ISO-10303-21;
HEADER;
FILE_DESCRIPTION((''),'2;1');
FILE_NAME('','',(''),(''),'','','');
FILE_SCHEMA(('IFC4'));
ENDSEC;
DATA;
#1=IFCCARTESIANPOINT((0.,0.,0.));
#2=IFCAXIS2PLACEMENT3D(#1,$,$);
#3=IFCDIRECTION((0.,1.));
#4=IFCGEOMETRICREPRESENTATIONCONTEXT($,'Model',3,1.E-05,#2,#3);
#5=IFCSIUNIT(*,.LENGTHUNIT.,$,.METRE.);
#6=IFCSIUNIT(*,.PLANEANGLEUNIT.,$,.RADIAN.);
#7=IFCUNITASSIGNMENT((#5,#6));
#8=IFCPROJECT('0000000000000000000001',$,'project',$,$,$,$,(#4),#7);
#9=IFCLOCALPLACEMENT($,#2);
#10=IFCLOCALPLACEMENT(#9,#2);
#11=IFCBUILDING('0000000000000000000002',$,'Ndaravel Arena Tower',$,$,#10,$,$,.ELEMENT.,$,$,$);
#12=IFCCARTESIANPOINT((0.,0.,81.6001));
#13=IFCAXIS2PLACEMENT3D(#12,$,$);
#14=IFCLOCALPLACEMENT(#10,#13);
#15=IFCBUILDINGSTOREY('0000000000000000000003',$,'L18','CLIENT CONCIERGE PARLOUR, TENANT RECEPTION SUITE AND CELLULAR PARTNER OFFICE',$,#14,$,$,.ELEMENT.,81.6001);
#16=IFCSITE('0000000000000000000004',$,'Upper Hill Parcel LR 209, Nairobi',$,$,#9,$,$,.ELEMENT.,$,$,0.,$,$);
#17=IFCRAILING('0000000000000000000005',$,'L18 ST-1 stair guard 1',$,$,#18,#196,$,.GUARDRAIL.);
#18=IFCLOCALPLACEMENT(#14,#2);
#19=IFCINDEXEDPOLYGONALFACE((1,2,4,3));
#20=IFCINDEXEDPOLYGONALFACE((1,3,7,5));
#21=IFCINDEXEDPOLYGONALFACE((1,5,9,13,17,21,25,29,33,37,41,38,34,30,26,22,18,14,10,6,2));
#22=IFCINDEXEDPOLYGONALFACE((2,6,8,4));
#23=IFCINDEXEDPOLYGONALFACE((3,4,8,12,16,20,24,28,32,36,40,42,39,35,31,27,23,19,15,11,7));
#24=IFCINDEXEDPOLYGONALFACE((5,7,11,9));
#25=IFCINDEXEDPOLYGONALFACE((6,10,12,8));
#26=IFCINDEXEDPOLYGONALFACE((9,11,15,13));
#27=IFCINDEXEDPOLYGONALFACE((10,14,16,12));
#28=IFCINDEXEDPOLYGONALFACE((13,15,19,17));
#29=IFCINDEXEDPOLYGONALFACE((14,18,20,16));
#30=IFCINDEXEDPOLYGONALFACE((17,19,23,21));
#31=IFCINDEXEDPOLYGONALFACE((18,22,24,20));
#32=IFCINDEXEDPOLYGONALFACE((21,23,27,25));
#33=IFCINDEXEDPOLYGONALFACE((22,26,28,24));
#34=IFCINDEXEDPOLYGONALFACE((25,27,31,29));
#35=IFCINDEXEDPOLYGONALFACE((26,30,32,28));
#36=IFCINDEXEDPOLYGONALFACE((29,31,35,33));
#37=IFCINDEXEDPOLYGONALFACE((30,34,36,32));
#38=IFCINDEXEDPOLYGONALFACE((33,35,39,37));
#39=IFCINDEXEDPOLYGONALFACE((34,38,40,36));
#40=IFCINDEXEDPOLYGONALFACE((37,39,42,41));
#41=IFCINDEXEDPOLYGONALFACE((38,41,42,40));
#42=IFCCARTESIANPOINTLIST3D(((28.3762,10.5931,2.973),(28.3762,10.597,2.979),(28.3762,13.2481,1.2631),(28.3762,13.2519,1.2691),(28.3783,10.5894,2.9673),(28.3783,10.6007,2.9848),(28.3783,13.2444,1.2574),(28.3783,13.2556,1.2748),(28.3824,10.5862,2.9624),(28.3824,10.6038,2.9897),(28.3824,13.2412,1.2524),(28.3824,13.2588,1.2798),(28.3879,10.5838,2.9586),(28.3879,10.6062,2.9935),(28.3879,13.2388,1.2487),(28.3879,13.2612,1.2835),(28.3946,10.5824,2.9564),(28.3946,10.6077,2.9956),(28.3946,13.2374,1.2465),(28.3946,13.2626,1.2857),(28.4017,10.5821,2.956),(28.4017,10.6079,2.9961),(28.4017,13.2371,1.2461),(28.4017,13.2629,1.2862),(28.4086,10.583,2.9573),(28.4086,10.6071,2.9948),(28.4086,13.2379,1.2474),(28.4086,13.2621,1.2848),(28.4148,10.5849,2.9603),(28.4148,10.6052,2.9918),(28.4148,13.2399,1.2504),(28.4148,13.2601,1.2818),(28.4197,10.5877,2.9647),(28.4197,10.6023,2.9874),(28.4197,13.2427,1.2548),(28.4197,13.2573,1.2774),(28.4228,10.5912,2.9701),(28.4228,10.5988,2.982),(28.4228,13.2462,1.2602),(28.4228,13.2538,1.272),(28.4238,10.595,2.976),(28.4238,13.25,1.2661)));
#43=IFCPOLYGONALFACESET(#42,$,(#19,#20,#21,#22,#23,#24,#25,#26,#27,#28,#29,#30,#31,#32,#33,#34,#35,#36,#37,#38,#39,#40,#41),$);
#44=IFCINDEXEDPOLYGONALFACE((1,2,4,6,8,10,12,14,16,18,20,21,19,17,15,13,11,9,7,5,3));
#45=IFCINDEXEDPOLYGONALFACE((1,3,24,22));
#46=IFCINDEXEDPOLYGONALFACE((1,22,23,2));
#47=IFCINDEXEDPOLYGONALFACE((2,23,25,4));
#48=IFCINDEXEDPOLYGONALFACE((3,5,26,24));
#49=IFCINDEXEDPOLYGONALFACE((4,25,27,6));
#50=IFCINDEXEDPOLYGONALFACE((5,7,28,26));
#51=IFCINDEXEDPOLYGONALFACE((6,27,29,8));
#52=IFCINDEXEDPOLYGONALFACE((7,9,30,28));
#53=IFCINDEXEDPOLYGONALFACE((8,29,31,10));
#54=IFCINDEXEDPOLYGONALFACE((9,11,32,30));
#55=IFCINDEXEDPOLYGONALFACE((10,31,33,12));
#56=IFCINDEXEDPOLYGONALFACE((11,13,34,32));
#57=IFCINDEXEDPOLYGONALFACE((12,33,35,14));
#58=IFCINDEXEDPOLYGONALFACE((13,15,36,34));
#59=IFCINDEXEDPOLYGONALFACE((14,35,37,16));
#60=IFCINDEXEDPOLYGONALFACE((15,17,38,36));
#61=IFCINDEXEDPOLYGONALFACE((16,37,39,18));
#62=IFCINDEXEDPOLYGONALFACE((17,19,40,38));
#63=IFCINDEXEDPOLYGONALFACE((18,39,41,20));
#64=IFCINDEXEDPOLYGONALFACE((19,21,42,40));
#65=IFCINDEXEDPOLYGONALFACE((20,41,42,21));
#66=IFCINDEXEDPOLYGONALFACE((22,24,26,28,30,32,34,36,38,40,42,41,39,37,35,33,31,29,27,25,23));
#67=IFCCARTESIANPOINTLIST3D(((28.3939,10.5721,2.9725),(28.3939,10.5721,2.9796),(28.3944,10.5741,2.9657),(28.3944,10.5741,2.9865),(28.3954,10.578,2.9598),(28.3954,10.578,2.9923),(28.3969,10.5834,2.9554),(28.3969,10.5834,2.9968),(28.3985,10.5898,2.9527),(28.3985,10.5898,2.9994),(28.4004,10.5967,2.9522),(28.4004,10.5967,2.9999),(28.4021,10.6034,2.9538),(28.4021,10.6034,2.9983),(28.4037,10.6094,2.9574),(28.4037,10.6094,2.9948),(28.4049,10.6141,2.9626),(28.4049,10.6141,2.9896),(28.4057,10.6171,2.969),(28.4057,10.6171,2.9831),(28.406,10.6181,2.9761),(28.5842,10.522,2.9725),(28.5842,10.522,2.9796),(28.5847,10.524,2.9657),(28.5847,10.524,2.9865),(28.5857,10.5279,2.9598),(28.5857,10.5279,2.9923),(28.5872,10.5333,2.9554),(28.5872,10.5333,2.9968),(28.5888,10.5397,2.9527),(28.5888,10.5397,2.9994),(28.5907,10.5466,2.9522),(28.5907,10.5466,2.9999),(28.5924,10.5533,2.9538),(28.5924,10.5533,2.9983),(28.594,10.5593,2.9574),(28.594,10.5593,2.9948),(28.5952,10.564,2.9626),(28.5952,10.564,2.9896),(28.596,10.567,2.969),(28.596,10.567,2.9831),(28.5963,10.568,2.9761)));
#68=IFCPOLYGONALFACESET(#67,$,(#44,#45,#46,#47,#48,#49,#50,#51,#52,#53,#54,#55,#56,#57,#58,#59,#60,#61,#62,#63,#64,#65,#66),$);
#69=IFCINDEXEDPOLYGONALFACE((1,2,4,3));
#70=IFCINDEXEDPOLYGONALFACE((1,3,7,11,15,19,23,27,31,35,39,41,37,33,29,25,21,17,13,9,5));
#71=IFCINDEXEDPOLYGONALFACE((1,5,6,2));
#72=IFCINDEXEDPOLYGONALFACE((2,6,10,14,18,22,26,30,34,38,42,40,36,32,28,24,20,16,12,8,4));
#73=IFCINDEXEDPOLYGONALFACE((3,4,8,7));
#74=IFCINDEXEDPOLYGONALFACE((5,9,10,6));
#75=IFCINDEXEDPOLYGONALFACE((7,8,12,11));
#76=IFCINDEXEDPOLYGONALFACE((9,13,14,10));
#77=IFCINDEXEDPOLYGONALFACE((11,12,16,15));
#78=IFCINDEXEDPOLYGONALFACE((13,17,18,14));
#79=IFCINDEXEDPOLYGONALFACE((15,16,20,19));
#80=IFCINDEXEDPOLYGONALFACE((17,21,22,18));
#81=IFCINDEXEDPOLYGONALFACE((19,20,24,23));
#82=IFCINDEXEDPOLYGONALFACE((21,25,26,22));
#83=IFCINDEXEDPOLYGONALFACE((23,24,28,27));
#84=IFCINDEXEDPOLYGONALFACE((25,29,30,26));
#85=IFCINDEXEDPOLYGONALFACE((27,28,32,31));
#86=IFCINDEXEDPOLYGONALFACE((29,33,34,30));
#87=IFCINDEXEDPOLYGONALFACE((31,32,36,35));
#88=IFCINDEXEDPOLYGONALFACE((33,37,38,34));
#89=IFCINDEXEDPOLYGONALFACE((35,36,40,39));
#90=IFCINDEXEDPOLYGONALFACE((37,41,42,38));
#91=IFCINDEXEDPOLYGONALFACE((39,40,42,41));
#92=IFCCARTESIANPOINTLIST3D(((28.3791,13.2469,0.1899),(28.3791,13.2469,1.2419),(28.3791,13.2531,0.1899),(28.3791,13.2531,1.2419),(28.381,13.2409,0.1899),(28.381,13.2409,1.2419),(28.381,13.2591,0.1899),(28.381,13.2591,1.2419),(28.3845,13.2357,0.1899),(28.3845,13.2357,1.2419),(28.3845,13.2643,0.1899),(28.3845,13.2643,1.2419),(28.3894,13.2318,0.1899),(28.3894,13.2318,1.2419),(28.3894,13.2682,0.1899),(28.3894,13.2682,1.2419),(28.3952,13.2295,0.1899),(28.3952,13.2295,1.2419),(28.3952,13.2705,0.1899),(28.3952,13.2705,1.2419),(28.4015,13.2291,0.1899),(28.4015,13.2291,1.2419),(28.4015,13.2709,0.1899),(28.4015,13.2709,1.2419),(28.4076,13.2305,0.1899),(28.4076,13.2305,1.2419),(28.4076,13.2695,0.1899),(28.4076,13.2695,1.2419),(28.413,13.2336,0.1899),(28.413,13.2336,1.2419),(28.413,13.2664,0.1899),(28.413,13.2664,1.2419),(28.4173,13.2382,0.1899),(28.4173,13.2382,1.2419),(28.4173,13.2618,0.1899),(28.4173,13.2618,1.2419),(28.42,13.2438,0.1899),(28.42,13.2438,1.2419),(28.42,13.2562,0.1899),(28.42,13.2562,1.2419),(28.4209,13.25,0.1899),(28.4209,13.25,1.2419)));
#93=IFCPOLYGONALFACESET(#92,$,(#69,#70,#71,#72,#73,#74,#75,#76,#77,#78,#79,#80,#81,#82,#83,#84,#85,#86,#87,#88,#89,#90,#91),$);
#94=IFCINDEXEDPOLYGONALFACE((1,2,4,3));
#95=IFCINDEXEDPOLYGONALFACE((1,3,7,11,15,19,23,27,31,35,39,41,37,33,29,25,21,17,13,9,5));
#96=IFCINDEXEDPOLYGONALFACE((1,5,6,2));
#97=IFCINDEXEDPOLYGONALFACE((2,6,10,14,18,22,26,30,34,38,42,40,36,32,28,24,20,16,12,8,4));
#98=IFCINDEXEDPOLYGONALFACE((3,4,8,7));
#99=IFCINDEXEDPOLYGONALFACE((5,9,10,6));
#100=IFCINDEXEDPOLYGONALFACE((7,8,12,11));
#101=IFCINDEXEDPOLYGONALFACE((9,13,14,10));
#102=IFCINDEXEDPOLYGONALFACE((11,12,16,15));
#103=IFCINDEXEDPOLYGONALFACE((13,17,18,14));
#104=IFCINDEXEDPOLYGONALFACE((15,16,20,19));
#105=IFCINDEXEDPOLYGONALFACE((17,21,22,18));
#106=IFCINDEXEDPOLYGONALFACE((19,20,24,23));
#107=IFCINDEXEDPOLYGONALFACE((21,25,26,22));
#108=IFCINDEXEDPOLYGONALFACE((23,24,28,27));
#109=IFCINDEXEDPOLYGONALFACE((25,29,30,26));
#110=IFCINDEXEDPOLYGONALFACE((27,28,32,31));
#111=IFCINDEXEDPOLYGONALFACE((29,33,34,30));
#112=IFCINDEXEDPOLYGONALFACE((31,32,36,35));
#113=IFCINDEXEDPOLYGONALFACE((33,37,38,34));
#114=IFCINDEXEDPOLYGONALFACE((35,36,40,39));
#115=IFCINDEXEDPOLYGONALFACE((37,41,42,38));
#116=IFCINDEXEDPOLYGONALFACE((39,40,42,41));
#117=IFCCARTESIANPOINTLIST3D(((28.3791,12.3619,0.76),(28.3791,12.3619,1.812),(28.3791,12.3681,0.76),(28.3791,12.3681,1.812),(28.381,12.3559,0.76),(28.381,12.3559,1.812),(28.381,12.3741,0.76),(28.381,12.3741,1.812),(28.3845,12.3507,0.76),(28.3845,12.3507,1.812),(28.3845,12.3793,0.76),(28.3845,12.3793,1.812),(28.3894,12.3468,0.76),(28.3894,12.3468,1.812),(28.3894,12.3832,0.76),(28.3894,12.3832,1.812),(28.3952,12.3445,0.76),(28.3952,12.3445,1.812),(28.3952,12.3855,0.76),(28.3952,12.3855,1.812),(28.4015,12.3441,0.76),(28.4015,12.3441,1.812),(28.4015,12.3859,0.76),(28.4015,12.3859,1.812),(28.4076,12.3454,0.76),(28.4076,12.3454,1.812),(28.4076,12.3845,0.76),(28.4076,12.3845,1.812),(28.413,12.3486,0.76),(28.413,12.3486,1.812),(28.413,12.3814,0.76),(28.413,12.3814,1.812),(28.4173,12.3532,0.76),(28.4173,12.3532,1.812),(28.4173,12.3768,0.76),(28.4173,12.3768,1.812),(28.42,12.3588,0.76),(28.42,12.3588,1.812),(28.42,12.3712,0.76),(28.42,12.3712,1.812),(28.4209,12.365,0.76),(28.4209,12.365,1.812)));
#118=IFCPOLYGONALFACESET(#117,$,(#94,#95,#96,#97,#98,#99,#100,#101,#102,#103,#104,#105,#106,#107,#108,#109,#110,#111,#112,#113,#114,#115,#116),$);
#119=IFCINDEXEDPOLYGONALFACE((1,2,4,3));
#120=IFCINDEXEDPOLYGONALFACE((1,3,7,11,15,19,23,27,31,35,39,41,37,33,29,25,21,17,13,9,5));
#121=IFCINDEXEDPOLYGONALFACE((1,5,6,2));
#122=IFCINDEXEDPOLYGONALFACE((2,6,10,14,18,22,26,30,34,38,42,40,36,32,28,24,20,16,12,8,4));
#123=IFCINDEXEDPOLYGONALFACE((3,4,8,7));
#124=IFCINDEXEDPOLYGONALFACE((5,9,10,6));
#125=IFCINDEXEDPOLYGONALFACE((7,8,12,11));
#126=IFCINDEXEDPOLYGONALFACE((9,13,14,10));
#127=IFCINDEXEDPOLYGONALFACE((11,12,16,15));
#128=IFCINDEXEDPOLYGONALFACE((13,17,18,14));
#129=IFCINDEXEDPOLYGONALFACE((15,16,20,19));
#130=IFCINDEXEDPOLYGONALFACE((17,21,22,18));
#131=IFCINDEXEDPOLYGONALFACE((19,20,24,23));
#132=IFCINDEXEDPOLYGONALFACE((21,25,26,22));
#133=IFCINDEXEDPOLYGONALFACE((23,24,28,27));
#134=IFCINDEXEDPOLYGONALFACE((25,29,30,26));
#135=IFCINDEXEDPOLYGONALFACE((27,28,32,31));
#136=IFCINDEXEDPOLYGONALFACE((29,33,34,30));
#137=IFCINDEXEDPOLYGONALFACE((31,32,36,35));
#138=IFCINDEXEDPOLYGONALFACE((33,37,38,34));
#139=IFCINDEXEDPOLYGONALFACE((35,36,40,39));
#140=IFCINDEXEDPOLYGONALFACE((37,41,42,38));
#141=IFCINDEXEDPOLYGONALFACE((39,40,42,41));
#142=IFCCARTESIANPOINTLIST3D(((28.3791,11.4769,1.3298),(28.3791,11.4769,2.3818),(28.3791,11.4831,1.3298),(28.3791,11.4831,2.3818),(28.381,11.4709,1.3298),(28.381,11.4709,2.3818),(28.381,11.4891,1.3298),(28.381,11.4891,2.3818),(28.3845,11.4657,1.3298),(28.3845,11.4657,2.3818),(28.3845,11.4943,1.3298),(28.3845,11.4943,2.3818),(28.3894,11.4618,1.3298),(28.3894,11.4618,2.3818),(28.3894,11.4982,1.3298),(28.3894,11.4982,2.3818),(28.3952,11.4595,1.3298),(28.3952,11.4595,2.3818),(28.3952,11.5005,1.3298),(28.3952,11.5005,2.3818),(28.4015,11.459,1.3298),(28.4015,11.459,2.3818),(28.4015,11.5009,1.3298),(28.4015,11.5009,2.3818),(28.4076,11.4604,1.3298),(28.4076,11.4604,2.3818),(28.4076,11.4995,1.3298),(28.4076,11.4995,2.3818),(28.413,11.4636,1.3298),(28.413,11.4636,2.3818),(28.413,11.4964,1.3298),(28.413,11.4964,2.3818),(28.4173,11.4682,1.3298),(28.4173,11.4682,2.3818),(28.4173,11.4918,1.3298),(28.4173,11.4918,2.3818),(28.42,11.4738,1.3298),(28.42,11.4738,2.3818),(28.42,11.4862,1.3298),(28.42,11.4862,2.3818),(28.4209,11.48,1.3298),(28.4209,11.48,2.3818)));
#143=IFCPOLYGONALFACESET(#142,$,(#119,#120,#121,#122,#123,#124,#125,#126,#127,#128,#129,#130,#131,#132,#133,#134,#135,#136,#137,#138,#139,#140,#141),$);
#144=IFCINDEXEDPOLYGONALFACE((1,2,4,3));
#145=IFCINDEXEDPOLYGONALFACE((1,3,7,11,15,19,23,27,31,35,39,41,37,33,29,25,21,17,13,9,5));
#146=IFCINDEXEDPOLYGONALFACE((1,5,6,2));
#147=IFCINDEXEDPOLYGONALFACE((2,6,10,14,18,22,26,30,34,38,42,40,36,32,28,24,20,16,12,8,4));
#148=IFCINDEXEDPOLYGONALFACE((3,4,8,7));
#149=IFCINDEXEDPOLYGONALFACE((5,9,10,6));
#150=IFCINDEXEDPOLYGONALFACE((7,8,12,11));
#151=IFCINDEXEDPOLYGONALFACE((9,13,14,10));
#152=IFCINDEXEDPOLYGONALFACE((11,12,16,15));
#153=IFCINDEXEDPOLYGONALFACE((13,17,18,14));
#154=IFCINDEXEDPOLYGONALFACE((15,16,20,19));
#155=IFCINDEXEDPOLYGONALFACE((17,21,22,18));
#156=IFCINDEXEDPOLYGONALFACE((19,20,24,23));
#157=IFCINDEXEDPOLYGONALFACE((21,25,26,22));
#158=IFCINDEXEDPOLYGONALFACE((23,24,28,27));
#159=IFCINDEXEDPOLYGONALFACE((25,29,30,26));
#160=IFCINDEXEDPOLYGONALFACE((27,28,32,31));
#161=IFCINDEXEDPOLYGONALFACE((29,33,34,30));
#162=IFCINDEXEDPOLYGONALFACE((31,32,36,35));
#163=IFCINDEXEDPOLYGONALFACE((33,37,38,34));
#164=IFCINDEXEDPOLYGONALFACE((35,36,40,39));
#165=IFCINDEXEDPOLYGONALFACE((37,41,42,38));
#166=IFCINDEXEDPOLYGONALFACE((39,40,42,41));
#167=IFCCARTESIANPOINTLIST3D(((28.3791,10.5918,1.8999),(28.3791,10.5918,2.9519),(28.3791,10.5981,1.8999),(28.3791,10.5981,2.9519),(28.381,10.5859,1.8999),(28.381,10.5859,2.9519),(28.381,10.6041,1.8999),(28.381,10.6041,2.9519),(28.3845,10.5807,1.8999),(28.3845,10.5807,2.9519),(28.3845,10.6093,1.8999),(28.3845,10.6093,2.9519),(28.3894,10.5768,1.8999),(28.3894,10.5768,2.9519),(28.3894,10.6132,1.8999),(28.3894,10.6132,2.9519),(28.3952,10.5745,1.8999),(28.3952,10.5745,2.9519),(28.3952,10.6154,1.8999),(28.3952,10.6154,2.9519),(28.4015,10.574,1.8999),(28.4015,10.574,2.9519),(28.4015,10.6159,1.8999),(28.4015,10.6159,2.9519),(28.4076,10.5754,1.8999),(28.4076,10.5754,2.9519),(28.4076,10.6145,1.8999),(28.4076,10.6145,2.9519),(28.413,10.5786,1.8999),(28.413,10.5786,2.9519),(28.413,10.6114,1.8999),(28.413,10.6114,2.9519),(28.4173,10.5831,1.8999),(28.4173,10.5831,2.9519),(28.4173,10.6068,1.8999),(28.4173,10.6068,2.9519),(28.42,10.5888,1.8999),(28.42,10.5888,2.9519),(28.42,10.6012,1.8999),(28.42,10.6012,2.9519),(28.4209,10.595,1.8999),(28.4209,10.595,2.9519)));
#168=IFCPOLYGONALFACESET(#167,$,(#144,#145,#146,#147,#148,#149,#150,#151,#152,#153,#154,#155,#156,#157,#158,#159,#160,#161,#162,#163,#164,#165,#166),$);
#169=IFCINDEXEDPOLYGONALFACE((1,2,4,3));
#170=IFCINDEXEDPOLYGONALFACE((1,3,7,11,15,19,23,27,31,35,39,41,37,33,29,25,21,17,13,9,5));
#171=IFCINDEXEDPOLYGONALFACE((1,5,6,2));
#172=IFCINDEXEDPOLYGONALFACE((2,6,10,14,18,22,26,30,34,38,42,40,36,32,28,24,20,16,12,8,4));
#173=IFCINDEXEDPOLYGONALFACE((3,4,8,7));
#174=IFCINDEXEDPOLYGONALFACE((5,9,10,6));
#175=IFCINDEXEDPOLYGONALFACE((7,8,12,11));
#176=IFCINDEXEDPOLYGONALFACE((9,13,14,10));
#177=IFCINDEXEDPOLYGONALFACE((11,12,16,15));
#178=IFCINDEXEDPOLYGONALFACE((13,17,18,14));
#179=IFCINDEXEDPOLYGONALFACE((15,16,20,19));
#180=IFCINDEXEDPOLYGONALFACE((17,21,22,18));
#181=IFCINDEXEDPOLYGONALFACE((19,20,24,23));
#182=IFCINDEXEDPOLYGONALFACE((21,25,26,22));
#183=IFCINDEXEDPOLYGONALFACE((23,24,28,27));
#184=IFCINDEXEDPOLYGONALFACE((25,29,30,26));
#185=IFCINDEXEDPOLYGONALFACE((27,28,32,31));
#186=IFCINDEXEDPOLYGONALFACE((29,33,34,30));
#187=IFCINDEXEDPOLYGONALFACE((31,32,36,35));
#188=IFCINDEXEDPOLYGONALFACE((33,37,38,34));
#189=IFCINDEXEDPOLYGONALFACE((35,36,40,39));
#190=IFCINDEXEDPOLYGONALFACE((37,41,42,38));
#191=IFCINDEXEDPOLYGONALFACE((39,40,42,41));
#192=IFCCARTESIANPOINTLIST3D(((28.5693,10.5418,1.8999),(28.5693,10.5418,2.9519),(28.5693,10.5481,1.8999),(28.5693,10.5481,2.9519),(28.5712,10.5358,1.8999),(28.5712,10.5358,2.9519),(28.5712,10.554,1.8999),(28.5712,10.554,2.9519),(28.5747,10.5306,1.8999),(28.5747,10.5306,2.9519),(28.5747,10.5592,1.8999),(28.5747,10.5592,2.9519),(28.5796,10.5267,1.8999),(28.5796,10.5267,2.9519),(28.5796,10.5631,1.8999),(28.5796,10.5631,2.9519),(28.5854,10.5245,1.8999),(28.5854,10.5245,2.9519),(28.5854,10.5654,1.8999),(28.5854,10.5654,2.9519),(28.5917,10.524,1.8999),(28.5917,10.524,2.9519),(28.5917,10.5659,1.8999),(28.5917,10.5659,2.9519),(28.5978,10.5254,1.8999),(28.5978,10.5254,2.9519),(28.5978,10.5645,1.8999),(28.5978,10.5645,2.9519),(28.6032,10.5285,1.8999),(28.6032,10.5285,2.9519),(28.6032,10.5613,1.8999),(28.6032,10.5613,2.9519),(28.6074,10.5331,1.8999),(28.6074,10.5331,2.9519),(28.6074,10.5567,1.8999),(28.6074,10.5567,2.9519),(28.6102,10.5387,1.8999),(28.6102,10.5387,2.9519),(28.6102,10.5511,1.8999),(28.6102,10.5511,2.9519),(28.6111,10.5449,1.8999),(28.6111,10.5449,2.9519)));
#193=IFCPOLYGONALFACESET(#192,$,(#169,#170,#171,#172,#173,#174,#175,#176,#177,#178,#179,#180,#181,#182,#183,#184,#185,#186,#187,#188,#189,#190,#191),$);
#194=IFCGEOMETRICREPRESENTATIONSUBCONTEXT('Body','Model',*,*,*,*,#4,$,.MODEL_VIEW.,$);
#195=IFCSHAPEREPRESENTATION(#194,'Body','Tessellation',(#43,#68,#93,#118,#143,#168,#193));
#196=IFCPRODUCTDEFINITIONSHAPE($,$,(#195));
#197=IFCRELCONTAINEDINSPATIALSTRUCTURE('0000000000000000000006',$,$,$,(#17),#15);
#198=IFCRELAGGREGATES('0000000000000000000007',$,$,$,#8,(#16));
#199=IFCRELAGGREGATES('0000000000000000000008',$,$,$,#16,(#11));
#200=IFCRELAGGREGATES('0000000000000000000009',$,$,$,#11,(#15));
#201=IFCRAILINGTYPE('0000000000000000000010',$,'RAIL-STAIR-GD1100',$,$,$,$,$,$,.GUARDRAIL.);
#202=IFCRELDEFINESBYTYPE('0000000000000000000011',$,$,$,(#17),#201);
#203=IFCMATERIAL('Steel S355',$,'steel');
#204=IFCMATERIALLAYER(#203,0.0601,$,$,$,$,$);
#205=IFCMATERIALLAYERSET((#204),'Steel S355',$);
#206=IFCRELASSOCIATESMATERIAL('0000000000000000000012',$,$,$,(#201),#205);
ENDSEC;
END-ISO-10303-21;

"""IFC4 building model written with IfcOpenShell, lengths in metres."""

from ifc_helpers import new_model, si_unit, direction, frame, origin, origin_2d, place, context, subcontext, project, spatial, circle, extrude, material, layer, layer_set, type_object, element, save


model = new_model("IFC4")

# Units and contexts
model_context = context("Model", 3, precision=1e-05, world=origin(), true_north=direction((0.0, 1.0)))
body_context = subcontext(model_context, "Body", "Model", "MODEL_VIEW")
ifc_project = project(units=[si_unit("LENGTHUNIT", "METRE"), si_unit("PLANEANGLEUNIT", "RADIAN")], contexts=[model_context])

# Site, building, storey
site_placement = place(None, origin())
site = spatial("IfcSite", under=ifc_project, at=site_placement, Name="Upper Hill Parcel LR 209, Nairobi", CompositionType="ELEMENT", RefElevation=0.0)
building_placement = place(site_placement, origin())
building = spatial("IfcBuilding", under=site, at=building_placement, Name="Ndaravel Arena Tower", CompositionType="ELEMENT")
storey_placement = place(building_placement, frame((0.0, 0.0, 81.6001)))
storey = spatial("IfcBuildingStorey", under=building, at=storey_placement, Name="L18", Description="CLIENT CONCIERGE PARLOUR, TENANT RECEPTION SUITE AND CELLULAR PARTNER OFFICE", CompositionType="ELEMENT", Elevation=81.6001)

# Railing
ifc_material_1 = material(Name="Steel S355", Category="steel")
ifc_layer_1 = layer(ifc_material_1, 0.0601)
ifc_layer_set_1 = layer_set([ifc_layer_1], Name="Steel S355")
railing_type_1 = type_object("IfcRailingType", Name="RAIL-STAIR-GD1100", PredefinedType="GUARDRAIL", material=ifc_layer_set_1)
railing_1_placement = place(storey_placement, frame((28.3999, 13.25, 0.1899)))
element("IfcRailing", 1, at=railing_1_placement, inside=storey, type_object=railing_type_1, Name="L18 ST-1 stair guard 1", PredefinedType="GUARDRAIL", context=body_context, shape_type="SweptSolid", body=[
    extrude(circle(Radius=0.0239, at=origin_2d()), frame((0.0, 0.0, 1.0762), z_axis=(0.0, -0.840724, 0.541465), x_axis=(1.0, 0.0, 0.0)), (0.0, 0.0, 1.0), 3.158),
    extrude(circle(Radius=0.0239, at=origin_2d()), frame((0.0, -2.655, 2.7861), z_axis=(0.967075, -0.254493, 0.0), x_axis=(0.254493, 0.967075, 0.0)), (0.0, 0.0, 1.0), 0.1968),
    extrude(circle(Radius=0.021, at=origin_2d()), origin(), (0.0, 0.0, 1.0), 1.052),
    extrude(circle(Radius=0.021, at=origin_2d()), frame((0.0, -0.885, 0.5701)), (0.0, 0.0, 1.0), 1.052),
    extrude(circle(Radius=0.021, at=origin_2d()), frame((0.0, -1.77, 1.1399)), (0.0, 0.0, 1.0), 1.052),
    extrude(circle(Radius=0.021, at=origin_2d()), frame((0.0, -2.655, 1.71)), (0.0, 0.0, 1.0), 1.052),
    extrude(circle(Radius=0.021, at=origin_2d()), frame((0.1902, -2.7051, 1.71)), (0.0, 0.0, 1.0), 1.052),
])

save(model, "model.ifc")
